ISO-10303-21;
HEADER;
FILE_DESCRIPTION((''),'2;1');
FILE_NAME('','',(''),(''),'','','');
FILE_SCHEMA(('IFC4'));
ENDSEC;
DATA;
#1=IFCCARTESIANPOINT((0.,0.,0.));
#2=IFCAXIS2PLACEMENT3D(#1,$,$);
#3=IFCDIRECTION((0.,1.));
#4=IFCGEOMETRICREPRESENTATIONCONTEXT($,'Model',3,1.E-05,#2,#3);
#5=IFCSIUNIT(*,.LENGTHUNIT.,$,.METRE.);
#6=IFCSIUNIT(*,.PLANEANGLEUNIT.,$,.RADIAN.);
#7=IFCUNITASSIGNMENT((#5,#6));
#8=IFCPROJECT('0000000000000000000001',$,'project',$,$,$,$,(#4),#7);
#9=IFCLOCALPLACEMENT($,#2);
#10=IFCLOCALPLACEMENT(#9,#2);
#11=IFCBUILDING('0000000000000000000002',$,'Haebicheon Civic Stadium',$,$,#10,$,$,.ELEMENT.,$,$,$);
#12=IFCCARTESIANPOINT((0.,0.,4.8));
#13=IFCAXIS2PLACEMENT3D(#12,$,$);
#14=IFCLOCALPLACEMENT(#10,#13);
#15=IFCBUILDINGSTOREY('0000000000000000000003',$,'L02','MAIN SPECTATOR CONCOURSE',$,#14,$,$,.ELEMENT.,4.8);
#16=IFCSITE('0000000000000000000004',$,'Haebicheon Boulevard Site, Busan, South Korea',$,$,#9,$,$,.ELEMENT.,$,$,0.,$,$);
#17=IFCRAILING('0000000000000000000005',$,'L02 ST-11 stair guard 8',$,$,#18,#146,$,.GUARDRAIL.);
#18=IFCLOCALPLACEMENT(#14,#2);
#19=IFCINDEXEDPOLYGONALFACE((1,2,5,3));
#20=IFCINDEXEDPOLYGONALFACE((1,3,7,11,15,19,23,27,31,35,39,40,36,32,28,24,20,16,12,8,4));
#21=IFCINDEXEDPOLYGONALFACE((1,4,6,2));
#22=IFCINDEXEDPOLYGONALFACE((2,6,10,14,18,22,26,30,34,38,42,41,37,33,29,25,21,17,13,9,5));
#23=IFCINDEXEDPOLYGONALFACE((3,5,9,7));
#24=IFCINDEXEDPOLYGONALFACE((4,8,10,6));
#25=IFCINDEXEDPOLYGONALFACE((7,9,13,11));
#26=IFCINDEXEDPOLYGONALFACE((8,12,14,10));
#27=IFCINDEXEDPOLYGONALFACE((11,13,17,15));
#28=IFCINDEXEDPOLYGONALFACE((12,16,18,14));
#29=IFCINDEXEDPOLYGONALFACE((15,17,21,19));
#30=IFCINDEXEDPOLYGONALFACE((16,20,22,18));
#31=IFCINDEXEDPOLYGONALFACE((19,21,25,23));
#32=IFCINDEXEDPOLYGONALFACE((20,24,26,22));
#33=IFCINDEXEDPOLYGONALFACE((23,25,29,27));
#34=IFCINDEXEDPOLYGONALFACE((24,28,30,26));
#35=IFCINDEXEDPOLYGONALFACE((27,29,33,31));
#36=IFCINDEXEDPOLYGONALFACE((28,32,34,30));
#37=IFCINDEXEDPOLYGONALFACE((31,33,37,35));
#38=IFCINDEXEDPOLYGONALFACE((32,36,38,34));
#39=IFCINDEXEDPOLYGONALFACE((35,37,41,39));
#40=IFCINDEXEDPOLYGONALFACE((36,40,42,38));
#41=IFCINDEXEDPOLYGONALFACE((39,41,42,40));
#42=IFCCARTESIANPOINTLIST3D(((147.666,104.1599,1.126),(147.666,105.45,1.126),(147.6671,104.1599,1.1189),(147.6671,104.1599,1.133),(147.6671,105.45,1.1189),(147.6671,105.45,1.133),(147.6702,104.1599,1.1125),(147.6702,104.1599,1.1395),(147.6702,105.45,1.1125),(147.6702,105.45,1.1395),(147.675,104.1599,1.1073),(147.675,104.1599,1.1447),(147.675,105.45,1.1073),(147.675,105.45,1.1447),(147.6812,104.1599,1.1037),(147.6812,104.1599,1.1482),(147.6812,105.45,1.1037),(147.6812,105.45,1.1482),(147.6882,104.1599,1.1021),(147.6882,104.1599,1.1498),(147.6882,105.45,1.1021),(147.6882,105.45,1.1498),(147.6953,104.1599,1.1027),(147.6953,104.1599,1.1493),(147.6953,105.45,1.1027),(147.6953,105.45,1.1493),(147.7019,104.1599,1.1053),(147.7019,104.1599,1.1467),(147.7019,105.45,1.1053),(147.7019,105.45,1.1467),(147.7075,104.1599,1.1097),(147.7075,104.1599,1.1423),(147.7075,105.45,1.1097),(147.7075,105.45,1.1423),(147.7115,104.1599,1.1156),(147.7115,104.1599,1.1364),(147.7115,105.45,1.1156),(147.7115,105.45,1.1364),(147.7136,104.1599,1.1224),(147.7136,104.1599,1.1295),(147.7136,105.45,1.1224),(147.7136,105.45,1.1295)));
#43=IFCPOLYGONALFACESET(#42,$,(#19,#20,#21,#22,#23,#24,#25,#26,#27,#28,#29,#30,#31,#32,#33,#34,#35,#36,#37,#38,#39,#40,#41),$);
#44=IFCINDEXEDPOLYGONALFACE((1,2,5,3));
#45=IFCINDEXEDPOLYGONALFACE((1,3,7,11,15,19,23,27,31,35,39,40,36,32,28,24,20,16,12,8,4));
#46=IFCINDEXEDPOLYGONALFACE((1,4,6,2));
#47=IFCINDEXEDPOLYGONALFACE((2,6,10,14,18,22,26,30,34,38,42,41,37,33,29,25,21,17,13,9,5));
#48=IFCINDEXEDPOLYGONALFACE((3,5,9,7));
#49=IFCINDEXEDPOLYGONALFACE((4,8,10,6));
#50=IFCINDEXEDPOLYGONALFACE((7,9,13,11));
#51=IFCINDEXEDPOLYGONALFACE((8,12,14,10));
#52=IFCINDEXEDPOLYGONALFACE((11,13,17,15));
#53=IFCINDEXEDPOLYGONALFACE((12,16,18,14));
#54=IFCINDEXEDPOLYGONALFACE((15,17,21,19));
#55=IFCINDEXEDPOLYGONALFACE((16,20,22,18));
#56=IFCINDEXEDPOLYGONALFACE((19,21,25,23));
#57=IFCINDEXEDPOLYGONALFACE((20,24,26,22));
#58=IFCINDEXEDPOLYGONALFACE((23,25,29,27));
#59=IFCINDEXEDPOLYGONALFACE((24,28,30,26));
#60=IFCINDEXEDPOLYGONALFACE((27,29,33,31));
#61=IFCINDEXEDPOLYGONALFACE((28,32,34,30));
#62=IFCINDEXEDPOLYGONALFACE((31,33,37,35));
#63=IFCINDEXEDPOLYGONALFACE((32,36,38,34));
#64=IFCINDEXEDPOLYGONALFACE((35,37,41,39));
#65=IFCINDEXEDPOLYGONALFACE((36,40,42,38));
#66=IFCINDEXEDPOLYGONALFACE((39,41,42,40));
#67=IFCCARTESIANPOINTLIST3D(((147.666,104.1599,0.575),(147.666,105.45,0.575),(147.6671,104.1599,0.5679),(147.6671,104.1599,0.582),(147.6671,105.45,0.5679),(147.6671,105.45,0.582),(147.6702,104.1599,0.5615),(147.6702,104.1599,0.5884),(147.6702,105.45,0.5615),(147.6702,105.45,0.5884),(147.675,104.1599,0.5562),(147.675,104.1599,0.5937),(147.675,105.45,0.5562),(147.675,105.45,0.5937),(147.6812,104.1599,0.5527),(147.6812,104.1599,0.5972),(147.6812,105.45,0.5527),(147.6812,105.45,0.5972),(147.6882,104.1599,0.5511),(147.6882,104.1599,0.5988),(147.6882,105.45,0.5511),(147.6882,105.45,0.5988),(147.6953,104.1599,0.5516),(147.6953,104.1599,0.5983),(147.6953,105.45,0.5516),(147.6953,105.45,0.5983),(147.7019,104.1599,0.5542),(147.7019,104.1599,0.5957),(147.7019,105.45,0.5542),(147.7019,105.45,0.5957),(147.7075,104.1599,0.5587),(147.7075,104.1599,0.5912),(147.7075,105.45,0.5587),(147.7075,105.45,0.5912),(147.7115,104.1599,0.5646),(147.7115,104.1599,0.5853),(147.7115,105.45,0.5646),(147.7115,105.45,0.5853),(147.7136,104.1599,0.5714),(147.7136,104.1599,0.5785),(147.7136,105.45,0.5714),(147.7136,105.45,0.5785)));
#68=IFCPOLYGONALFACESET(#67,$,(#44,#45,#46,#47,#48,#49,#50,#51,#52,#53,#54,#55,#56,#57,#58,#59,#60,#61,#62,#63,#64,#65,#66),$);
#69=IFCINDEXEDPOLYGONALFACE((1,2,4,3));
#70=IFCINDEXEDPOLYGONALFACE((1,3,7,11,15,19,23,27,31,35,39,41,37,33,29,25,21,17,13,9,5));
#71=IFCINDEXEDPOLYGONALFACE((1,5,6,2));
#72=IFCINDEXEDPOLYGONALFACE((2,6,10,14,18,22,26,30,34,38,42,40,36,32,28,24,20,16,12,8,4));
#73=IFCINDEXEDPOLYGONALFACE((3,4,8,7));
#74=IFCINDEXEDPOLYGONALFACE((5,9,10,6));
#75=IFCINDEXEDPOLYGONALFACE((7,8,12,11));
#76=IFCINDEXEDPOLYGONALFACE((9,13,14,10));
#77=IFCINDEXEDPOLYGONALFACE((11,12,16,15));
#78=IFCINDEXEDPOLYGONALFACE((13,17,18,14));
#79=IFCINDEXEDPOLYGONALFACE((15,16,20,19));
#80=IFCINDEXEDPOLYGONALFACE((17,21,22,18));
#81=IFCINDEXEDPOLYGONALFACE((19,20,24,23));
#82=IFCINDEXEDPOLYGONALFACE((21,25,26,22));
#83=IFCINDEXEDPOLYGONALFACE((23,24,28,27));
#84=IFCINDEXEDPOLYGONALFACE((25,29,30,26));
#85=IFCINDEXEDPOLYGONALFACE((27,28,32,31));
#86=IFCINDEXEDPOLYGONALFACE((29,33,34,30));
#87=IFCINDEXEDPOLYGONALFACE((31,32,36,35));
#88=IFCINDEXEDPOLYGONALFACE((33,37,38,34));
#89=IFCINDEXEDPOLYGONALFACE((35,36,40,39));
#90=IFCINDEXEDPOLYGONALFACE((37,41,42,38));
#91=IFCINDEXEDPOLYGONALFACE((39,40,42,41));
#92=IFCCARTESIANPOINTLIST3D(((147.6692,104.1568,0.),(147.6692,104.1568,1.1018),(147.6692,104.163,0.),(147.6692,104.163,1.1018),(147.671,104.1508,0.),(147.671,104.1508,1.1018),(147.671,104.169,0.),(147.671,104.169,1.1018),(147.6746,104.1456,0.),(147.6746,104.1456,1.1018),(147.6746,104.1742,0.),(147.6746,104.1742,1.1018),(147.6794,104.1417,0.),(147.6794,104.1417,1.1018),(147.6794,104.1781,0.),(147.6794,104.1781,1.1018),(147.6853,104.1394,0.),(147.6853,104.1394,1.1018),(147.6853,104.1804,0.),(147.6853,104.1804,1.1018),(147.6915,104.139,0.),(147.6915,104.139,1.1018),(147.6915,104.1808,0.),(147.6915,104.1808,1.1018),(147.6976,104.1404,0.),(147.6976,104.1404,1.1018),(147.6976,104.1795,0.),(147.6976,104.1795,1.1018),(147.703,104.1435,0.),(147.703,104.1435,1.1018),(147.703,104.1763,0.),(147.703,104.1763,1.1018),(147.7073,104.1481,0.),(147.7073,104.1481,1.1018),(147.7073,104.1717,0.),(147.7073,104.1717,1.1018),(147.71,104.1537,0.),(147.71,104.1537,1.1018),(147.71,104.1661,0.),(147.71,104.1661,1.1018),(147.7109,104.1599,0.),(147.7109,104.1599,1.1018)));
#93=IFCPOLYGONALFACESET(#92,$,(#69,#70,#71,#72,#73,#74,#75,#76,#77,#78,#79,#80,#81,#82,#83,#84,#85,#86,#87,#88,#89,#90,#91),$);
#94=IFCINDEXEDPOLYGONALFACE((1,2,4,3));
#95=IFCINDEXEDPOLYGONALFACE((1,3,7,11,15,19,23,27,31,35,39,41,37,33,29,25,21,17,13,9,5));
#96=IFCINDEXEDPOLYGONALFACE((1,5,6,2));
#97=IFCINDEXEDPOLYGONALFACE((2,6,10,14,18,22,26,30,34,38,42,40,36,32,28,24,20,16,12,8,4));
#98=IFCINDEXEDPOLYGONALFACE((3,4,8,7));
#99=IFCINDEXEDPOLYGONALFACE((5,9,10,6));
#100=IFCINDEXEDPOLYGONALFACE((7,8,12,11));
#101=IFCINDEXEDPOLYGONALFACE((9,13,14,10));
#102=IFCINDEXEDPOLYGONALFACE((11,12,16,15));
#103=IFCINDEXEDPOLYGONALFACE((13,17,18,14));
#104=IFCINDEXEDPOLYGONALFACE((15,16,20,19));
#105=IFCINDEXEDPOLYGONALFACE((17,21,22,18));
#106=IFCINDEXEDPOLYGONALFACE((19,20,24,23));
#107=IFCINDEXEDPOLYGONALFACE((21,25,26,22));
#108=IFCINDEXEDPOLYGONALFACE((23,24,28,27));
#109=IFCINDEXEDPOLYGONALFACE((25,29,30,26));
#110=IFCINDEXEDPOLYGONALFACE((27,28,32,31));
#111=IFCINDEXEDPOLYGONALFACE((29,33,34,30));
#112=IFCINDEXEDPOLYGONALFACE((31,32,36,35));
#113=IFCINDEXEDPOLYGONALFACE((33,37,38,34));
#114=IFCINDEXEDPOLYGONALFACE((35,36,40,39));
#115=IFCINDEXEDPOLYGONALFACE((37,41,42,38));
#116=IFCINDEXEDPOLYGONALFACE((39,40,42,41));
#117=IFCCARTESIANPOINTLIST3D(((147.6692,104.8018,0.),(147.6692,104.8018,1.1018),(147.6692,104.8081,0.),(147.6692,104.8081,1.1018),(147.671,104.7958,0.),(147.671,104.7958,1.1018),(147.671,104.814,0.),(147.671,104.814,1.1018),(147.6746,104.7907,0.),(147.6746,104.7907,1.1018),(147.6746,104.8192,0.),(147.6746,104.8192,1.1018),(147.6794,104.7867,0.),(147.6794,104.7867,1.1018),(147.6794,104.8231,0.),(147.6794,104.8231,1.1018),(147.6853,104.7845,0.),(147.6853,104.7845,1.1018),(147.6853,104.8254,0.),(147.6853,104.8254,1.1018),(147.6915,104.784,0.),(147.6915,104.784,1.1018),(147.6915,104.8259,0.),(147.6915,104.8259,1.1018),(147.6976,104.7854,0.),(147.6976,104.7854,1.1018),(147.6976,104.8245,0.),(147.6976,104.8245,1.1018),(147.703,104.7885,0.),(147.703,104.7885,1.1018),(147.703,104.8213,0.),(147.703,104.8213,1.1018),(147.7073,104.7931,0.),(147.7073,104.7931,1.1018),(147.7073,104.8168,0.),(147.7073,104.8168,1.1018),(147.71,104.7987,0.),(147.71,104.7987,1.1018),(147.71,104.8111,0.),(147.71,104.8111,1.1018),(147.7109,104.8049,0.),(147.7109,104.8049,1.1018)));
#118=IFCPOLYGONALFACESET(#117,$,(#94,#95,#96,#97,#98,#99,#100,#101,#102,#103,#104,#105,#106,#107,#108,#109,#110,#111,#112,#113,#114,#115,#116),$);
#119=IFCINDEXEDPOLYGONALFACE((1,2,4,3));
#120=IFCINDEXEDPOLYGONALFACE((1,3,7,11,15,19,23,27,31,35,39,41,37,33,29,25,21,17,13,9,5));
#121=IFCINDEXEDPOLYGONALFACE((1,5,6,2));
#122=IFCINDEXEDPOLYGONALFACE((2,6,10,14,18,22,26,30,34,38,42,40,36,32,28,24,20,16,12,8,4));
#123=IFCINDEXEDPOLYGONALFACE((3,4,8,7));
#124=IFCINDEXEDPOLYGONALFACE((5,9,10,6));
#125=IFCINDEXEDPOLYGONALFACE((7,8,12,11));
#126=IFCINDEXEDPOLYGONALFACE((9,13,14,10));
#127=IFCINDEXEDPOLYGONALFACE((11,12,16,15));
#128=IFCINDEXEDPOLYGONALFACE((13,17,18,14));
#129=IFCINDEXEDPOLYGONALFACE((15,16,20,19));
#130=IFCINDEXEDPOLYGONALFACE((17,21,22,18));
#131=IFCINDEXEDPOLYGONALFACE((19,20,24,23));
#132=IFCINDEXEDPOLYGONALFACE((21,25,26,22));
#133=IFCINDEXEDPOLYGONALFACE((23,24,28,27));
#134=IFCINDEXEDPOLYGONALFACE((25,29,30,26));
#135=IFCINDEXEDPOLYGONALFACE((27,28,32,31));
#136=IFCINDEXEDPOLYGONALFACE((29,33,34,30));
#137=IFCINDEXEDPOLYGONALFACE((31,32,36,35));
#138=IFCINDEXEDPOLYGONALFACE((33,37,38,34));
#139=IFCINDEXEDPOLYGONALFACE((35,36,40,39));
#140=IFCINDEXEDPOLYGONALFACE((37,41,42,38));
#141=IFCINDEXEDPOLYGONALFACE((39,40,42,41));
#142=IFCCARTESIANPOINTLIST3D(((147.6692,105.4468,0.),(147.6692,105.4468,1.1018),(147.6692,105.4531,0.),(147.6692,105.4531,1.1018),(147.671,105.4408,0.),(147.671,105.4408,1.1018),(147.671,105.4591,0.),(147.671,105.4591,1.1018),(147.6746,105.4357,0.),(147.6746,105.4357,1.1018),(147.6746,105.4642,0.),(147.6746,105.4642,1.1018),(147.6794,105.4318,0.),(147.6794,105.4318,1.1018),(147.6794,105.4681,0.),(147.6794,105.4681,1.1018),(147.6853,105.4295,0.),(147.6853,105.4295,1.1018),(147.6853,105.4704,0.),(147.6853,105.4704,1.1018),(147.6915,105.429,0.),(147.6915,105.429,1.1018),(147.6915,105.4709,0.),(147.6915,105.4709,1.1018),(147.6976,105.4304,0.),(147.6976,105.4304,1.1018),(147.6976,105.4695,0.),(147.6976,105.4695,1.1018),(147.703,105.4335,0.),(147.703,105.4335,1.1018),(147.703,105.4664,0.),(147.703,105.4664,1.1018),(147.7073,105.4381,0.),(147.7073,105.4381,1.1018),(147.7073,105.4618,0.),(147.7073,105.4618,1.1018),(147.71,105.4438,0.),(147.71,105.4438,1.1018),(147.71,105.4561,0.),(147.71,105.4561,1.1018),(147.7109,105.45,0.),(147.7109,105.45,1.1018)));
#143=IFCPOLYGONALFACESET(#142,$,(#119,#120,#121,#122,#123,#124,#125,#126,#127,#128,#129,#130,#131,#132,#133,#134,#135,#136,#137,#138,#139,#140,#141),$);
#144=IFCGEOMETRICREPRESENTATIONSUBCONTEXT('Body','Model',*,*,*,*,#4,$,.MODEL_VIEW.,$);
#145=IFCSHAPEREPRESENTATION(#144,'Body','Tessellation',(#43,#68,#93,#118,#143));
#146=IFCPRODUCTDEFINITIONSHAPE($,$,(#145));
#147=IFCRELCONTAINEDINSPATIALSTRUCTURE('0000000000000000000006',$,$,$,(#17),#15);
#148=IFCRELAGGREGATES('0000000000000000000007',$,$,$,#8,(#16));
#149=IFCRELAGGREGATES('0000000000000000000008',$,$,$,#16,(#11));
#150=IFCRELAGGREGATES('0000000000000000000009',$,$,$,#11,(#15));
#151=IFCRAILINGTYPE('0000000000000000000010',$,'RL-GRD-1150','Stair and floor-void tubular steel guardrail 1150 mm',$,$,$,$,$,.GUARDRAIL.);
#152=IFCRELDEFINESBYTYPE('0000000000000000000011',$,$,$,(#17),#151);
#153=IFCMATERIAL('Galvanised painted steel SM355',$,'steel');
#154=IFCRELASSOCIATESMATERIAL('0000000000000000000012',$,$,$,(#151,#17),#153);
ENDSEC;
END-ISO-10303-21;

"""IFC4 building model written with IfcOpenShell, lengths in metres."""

from ifc_helpers import new_model, si_unit, direction, frame, origin, origin_2d, place, context, subcontext, project, spatial, circle, extrude, material, type_object, element, save


model = new_model("IFC4")

# Units and contexts
model_context = context("Model", 3, precision=1e-05, world=origin(), true_north=direction((0.0, 1.0)))
body_context = subcontext(model_context, "Body", "Model", "MODEL_VIEW")
ifc_project = project(units=[si_unit("LENGTHUNIT", "METRE"), si_unit("PLANEANGLEUNIT", "RADIAN")], contexts=[model_context])

# Site, building, storey
site_placement = place(None, origin())
site = spatial("IfcSite", under=ifc_project, at=site_placement, Name="Haebicheon Boulevard Site, Busan, South Korea", CompositionType="ELEMENT", RefElevation=0.0)
building_placement = place(site_placement, origin())
building = spatial("IfcBuilding", under=site, at=building_placement, Name="Haebicheon Civic Stadium", CompositionType="ELEMENT")
storey_placement = place(building_placement, frame((0.0, 0.0, 4.8)))
storey = spatial("IfcBuildingStorey", under=building, at=storey_placement, Name="L02", Description="MAIN SPECTATOR CONCOURSE", CompositionType="ELEMENT", Elevation=4.8)

# Railing
ifc_material_1 = material(Name="Galvanised painted steel SM355", Category="steel")
railing_type_1 = type_object("IfcRailingType", Name="RL-GRD-1150", Description="Stair and floor-void tubular steel guardrail 1150 mm", PredefinedType="GUARDRAIL", material=ifc_material_1)
railing_1_placement = place(storey_placement, frame((147.6899, 104.1599, 0.0)))
element("IfcRailing", 1, at=railing_1_placement, inside=storey, type_object=railing_type_1, material=ifc_material_1, Name="L02 ST-11 stair guard 8", PredefinedType="GUARDRAIL", context=body_context, shape_type="SweptSolid", body=[
    extrude(circle(Radius=0.0239, at=origin_2d()), frame((0.0, 0.0, 1.126), z_axis=(0.0, 1.0, 0.0), x_axis=(-1.0, 0.0, 0.0)), (0.0, 0.0, 1.0), 1.29),
    extrude(circle(Radius=0.0239, at=origin_2d()), frame((0.0, 0.0, 0.575), z_axis=(0.0, 1.0, 0.0), x_axis=(-1.0, 0.0, 0.0)), (0.0, 0.0, 1.0), 1.29),
    extrude(circle(Radius=0.021, at=origin_2d()), origin(), (0.0, 0.0, 1.0), 1.1018),
    extrude(circle(Radius=0.021, at=origin_2d()), frame((0.0, 0.645, 0.0)), (0.0, 0.0, 1.0), 1.1018),
    extrude(circle(Radius=0.021, at=origin_2d()), frame((0.0, 1.29, 0.0)), (0.0, 0.0, 1.0), 1.1018),
])

save(model, "model.ifc")
